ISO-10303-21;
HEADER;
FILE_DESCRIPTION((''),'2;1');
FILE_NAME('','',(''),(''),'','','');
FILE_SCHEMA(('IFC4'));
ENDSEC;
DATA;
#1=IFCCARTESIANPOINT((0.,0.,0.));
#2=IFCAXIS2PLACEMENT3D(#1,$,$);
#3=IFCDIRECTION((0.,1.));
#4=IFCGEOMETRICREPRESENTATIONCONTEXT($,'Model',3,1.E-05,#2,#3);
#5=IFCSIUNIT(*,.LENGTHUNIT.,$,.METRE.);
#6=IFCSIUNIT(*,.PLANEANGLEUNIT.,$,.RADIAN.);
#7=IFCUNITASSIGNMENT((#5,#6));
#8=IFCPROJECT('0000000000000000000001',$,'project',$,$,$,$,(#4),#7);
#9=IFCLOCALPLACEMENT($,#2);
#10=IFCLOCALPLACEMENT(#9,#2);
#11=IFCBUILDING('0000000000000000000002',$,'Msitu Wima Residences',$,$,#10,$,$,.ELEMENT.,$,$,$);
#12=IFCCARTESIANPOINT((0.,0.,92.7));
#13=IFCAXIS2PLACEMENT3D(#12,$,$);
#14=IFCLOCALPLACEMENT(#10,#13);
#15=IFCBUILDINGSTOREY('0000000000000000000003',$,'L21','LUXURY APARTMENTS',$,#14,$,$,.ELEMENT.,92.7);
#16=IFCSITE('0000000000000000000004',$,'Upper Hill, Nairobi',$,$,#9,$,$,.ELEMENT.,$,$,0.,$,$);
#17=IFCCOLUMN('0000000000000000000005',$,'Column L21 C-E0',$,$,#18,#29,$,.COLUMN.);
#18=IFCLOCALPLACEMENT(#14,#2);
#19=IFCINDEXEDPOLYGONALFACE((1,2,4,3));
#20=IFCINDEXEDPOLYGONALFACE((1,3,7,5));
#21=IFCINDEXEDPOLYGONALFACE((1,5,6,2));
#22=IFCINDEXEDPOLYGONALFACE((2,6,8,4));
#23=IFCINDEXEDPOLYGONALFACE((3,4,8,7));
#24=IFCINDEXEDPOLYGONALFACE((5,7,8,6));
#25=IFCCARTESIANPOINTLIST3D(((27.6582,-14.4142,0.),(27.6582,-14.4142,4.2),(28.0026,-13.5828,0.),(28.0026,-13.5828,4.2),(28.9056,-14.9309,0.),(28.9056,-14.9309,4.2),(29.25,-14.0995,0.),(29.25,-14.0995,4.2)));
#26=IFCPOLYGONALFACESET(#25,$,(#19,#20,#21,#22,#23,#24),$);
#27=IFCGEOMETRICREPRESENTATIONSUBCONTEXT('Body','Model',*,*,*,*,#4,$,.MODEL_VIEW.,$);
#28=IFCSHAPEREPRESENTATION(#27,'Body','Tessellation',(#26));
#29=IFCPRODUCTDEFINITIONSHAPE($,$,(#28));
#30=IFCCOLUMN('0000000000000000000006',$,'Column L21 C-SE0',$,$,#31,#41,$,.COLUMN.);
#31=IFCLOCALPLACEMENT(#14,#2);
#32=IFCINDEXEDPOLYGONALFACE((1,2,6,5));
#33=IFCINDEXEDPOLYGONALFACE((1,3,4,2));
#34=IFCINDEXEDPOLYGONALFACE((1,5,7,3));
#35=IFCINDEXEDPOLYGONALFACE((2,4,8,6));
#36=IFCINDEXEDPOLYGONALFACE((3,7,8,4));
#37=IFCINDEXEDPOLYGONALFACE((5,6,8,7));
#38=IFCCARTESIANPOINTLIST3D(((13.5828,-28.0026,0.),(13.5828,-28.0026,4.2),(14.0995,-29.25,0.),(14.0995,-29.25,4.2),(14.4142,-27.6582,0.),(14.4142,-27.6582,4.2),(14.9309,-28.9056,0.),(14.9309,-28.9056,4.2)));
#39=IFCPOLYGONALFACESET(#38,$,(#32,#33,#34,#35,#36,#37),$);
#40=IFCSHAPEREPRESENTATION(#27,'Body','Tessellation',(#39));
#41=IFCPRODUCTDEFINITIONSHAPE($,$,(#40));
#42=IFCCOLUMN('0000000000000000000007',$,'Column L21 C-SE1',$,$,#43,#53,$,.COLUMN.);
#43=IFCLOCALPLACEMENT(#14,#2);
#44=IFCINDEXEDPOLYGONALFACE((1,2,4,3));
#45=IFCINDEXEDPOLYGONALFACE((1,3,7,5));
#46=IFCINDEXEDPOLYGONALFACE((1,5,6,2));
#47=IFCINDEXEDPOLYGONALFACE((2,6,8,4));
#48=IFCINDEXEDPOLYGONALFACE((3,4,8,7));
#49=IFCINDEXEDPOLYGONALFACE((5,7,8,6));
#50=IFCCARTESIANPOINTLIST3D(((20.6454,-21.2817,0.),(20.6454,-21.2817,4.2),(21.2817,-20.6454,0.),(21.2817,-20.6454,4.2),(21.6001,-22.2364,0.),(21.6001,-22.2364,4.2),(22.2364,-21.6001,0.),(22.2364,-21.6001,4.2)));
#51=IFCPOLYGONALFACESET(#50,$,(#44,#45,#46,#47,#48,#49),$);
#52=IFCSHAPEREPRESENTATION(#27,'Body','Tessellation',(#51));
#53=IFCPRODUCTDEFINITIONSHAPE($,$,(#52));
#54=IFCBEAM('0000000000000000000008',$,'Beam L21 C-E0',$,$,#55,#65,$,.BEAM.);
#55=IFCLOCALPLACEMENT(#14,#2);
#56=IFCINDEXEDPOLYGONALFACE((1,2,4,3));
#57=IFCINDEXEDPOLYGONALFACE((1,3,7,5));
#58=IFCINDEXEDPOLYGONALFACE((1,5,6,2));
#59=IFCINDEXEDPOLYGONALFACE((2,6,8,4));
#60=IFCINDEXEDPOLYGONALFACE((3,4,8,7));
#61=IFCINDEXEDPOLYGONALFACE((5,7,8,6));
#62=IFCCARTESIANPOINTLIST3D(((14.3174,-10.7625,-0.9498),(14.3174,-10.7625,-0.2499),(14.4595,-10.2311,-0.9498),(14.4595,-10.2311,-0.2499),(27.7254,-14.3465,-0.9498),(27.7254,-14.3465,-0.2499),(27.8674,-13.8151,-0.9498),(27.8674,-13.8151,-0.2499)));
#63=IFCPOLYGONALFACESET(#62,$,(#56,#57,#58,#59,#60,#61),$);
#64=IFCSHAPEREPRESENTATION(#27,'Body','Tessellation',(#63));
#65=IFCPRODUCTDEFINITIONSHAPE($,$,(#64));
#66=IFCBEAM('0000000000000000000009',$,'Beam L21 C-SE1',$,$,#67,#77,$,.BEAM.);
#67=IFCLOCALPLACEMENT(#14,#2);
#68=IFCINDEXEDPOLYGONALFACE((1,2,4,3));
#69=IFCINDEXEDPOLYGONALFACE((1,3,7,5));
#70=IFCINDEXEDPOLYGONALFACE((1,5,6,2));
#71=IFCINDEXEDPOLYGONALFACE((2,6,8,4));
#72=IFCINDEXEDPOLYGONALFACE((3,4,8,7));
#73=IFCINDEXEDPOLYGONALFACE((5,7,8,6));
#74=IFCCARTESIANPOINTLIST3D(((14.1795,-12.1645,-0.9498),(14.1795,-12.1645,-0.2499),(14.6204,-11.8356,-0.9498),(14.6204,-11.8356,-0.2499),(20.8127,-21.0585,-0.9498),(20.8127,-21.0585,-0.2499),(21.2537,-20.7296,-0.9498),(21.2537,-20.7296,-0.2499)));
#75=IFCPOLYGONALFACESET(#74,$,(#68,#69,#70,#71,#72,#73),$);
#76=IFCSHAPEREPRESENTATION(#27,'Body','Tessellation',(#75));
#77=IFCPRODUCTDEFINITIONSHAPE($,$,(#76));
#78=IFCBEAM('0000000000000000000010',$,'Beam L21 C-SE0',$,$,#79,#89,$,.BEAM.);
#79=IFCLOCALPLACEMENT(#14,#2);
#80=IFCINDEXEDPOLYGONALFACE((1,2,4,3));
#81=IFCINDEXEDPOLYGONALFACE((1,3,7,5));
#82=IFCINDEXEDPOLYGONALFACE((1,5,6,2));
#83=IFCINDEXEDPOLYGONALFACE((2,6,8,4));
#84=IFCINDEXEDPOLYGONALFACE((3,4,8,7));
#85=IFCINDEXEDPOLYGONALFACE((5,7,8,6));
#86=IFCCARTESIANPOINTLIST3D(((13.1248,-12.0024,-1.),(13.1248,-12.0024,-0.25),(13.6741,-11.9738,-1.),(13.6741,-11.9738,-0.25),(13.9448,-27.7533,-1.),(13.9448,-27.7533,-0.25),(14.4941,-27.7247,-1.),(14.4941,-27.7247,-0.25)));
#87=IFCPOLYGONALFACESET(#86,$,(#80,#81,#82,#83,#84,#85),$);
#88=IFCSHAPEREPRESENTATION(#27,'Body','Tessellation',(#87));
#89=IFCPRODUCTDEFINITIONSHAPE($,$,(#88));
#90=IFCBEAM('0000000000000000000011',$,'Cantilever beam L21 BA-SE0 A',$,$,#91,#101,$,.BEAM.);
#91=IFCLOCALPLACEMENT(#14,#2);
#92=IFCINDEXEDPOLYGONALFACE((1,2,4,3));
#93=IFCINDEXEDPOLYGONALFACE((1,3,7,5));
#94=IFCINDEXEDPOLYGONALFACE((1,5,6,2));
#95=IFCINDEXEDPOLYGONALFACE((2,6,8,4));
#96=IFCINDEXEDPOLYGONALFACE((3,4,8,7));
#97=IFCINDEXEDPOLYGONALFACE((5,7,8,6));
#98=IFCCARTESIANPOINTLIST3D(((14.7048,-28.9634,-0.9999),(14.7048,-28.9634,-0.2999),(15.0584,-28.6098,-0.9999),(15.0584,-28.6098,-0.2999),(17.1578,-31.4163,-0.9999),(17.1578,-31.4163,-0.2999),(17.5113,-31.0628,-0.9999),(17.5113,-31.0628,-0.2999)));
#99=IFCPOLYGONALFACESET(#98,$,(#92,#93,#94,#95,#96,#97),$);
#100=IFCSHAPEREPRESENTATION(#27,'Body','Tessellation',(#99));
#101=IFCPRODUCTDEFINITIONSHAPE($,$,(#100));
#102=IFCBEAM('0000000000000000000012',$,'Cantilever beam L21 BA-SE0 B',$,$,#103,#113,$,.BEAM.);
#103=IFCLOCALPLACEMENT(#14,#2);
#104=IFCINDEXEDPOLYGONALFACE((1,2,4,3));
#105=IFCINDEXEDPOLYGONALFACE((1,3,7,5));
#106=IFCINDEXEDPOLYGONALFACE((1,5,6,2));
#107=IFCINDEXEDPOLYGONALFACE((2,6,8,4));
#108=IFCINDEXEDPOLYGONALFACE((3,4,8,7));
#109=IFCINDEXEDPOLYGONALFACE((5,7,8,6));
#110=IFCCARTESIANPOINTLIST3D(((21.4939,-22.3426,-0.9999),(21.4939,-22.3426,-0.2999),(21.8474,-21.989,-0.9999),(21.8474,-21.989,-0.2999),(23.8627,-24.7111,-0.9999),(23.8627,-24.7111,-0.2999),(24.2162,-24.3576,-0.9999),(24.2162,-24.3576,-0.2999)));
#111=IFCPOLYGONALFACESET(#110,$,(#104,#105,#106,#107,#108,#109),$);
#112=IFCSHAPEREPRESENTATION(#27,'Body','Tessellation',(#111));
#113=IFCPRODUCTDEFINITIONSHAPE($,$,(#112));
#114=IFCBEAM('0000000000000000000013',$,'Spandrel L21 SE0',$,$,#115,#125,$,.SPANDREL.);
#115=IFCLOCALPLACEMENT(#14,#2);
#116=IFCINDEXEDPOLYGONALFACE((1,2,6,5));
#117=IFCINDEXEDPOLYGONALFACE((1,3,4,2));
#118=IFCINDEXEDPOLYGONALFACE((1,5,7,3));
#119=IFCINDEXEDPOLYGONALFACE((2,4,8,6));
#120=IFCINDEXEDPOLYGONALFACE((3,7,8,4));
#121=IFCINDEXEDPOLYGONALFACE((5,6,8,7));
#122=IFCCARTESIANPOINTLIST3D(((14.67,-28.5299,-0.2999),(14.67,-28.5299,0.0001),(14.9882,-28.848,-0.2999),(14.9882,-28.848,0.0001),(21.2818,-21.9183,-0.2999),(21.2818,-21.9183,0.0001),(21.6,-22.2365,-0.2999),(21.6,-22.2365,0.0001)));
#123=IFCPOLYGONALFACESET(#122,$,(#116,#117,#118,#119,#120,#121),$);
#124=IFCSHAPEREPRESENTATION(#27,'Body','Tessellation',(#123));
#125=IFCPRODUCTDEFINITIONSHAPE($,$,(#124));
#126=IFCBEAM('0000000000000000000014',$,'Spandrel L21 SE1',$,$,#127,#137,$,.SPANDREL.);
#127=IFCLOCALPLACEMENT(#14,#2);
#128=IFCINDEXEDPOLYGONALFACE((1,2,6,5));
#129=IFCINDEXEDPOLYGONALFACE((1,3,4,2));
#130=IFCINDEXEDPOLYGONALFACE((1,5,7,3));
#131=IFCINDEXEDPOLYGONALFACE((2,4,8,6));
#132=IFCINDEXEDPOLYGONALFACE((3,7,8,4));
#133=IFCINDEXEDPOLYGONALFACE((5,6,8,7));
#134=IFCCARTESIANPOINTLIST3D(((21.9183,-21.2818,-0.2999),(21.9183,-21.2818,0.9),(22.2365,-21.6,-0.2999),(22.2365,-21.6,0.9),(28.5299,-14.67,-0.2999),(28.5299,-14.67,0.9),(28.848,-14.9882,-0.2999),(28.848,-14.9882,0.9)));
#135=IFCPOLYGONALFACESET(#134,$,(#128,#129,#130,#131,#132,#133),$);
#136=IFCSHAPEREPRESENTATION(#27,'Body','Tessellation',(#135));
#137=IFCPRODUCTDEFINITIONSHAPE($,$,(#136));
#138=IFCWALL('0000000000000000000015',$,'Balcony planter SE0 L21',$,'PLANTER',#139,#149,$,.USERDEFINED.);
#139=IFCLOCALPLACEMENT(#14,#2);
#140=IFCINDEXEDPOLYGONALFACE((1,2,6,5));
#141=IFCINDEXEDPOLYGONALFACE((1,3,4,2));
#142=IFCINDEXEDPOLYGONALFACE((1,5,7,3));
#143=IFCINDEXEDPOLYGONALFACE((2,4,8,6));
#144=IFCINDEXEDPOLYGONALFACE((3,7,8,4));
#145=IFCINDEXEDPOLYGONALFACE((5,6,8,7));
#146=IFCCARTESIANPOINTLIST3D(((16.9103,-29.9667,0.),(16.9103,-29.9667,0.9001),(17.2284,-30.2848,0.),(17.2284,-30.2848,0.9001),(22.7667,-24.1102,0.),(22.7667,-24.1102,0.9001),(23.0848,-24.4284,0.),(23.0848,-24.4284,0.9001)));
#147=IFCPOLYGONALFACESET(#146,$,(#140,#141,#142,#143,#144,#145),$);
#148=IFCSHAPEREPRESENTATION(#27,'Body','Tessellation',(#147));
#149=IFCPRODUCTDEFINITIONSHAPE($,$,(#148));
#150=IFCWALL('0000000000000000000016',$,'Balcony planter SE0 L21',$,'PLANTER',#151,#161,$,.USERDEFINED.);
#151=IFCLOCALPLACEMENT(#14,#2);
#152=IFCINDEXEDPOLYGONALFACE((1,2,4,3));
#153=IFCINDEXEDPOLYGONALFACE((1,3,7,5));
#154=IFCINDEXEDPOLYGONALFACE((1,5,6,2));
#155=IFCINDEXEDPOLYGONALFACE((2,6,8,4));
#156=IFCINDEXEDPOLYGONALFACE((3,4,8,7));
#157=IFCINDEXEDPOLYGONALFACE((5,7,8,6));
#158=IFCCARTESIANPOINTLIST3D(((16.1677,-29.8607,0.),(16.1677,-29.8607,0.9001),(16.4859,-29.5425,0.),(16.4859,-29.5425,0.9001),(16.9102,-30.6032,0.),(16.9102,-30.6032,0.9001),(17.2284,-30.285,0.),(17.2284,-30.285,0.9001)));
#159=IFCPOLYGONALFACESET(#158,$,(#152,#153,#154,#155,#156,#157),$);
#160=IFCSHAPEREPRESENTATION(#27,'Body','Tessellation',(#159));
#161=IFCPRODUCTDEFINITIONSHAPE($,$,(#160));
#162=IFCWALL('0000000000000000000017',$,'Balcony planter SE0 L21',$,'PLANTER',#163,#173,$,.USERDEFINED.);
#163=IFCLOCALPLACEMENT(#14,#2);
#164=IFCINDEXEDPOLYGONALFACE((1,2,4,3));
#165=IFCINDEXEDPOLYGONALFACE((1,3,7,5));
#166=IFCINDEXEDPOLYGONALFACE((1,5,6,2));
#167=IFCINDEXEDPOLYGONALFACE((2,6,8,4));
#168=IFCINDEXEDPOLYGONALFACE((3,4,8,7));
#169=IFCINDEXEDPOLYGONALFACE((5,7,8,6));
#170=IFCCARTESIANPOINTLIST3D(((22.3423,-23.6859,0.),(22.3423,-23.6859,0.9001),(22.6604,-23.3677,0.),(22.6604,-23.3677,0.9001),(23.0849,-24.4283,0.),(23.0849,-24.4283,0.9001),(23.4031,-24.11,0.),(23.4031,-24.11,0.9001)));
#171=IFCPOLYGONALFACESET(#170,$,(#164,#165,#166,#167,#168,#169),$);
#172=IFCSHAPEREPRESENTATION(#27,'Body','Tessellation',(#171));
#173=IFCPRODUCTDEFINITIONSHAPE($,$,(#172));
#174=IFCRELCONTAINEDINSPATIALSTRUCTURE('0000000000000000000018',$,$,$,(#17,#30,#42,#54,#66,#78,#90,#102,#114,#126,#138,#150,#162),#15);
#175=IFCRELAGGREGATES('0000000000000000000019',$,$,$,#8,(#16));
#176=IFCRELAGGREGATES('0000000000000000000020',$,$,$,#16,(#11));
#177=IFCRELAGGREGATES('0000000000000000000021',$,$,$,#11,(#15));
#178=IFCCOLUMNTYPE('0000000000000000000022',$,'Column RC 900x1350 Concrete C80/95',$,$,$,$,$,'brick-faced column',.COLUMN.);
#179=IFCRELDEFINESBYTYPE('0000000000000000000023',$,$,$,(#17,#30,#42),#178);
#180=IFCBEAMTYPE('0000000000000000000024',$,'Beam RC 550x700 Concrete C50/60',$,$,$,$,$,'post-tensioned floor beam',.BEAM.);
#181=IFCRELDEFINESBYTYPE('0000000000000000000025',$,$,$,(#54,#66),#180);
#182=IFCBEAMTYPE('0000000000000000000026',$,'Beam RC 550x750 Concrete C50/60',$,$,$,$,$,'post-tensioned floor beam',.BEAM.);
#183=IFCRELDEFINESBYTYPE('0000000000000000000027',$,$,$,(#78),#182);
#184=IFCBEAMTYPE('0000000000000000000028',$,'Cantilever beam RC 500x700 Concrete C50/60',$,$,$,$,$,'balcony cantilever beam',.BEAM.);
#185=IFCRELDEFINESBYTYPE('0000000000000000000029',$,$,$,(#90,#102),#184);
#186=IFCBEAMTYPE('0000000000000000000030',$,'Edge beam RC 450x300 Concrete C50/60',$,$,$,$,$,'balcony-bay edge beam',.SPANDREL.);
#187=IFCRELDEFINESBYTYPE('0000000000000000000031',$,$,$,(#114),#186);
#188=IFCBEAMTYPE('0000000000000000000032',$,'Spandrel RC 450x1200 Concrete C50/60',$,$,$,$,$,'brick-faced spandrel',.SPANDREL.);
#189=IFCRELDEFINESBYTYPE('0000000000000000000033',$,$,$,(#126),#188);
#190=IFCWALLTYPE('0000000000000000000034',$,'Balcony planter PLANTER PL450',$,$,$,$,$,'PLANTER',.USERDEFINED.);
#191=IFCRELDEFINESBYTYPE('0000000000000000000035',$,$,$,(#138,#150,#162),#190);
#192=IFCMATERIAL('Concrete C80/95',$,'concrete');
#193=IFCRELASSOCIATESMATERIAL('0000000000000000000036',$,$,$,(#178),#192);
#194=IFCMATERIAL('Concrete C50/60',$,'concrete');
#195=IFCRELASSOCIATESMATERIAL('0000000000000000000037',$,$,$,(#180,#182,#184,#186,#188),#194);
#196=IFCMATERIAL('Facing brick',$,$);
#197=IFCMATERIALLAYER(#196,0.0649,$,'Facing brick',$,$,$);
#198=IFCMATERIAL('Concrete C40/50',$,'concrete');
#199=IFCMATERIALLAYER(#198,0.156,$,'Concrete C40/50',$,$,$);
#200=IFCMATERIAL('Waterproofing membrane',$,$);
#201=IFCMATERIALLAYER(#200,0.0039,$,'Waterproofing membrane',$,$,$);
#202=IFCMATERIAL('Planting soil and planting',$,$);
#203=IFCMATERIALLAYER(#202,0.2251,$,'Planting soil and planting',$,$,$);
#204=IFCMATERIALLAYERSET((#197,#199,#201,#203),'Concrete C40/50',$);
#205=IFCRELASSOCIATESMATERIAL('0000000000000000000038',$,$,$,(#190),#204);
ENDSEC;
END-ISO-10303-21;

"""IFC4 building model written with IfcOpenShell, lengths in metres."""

from ifc_helpers import new_model, si_unit, direction, frame, frame_2d, origin, origin_2d, place, context, subcontext, project, spatial, rectangle, extrude, material, layer, layer_set, material_profile, profile_set, type_object, element, save


model = new_model("IFC4")

# Units and contexts
model_context = context("Model", 3, precision=1e-05, world=origin(), true_north=direction((0.0, 1.0)))
body_context = subcontext(model_context, "Body", "Model", "MODEL_VIEW")
ifc_project = project(units=[si_unit("LENGTHUNIT", "METRE"), si_unit("PLANEANGLEUNIT", "RADIAN")], contexts=[model_context])

# Site, building, storey
site_placement = place(None, origin())
site = spatial("IfcSite", under=ifc_project, at=site_placement, Name="Upper Hill, Nairobi", CompositionType="ELEMENT", RefElevation=0.0)
building_placement = place(site_placement, origin())
building = spatial("IfcBuilding", under=site, at=building_placement, Name="Msitu Wima Residences", CompositionType="ELEMENT")
storey_placement = place(building_placement, frame((0.0, 0.0, 92.7)))
storey = spatial("IfcBuildingStorey", under=building, at=storey_placement, Name="L21", Description="LUXURY APARTMENTS", CompositionType="ELEMENT", Elevation=92.7)

# Columns
ifc_material_1 = material(Name="Concrete C80/95", Category="concrete")
ifc_material_profile_1 = material_profile(ifc_material_1, rectangle(XDim=0.8999, YDim=1.3501, at=origin_2d()), Name="RC 900x1350")
ifc_profile_set_1 = profile_set([ifc_material_profile_1], Name="Concrete C80/95")
column_type = type_object("IfcColumnType", Name="Column RC 900x1350 Concrete C80/95", ElementType="brick-faced column", PredefinedType="COLUMN", material=ifc_profile_set_1)
for number, where, z_axis, x_axis, name in (
    (1, (28.4541, -14.2568, 0.0), (0.0, 0.0, 1.0), (0.382683, 0.92388, 0.0), "Column L21 C-E0"),
    (2, (14.2568, -28.4541, 0.0), (0.0, 0.0, 1.0), (0.92388, 0.382683, 0.0), "Column L21 C-SE0"),
    (3, (21.4409, -21.4409, 0.0), (0.0, 0.0, 1.0), (0.707107, 0.707107, 0.0), "Column L21 C-SE1"),
):
    element("IfcColumn", number, at=place(storey_placement, frame(where, z_axis=z_axis, x_axis=x_axis)), inside=storey, type_object=column_type, Name=name, PredefinedType="COLUMN", context=body_context, shape_type="SweptSolid", body=[
        extrude(rectangle(XDim=0.8999, YDim=1.3501, at=origin_2d()), origin(), (0.0, 0.0, 1.0), 4.2),
    ])

# Beams
ifc_material_2 = material(Name="Concrete C50/60", Category="concrete")
ifc_material_profile_2 = material_profile(ifc_material_2, rectangle(XDim=0.55, YDim=0.7, at=origin_2d()), Name="RC 550x700")
ifc_profile_set_2 = profile_set([ifc_material_profile_2], Name="Concrete C50/60")
beam_type_1 = type_object("IfcBeamType", Name="Beam RC 550x700 Concrete C50/60", ElementType="post-tensioned floor beam", PredefinedType="BEAM", material=ifc_profile_set_2)
beam_1_placement = place(storey_placement, frame((27.7964, -14.0808, -0.5999), z_axis=(-0.966082, 0.258236, 0.0), x_axis=(-0.258236, -0.966082, 0.0)))
element("IfcBeam", 4, at=beam_1_placement, inside=storey, type_object=beam_type_1, Name="Beam L21 C-E0", PredefinedType="BEAM", context=body_context, shape_type="SweptSolid", body=[
    extrude(rectangle(XDim=0.55, YDim=0.7, at=origin_2d()), origin(), (0.0, 0.0, 1.0), 13.8787),
])
beam_2_placement = place(storey_placement, frame((21.0332, -20.894, -0.5999), z_axis=(-0.59785, 0.801608, 0.0), x_axis=(-0.801608, -0.59785, 0.0)))
element("IfcBeam", 5, at=beam_2_placement, inside=storey, type_object=beam_type_1, Name="Beam L21 C-SE1", PredefinedType="BEAM", context=body_context, shape_type="SweptSolid", body=[
    extrude(rectangle(XDim=0.55, YDim=0.7, at=origin_2d()), origin(), (0.0, 0.0, 1.0), 11.0952),
])
ifc_material_profile_3 = material_profile(ifc_material_2, rectangle(XDim=0.55, YDim=0.75, at=origin_2d()), Name="RC 550x750")
ifc_profile_set_3 = profile_set([ifc_material_profile_3], Name="Concrete C50/60")
beam_type_2 = type_object("IfcBeamType", Name="Beam RC 550x750 Concrete C50/60", ElementType="post-tensioned floor beam", PredefinedType="BEAM", material=ifc_profile_set_3)
beam_3_placement = place(storey_placement, frame((14.2195, -27.739, -0.625), z_axis=(-0.051994, 0.998647, 0.0), x_axis=(-0.998647, -0.051994, 0.0)))
element("IfcBeam", 6, at=beam_3_placement, inside=storey, type_object=beam_type_2, Name="Beam L21 C-SE0", PredefinedType="BEAM", context=body_context, shape_type="SweptSolid", body=[
    extrude(rectangle(XDim=0.55, YDim=0.75, at=origin_2d()), origin(), (0.0, 0.0, 1.0), 15.7722),
])
ifc_material_profile_4 = material_profile(ifc_material_2, rectangle(XDim=0.5, YDim=0.7, at=origin_2d()), Name="RC 500x700")
ifc_profile_set_4 = profile_set([ifc_material_profile_4], Name="Concrete C50/60")
beam_type_3 = type_object("IfcBeamType", Name="Cantilever beam RC 500x700 Concrete C50/60", ElementType="balcony cantilever beam", PredefinedType="BEAM", material=ifc_profile_set_4)
beam_4_placement = place(storey_placement, frame((14.8816, -28.7866, -0.6499), z_axis=(0.707107, -0.707107, 0.0), x_axis=(0.707107, 0.707107, 0.0)))
element("IfcBeam", 7, at=beam_4_placement, inside=storey, type_object=beam_type_3, Name="Cantilever beam L21 BA-SE0 A", PredefinedType="BEAM", context=body_context, shape_type="SweptSolid", body=[
    extrude(rectangle(XDim=0.5, YDim=0.7, at=origin_2d()), origin(), (0.0, 0.0, 1.0), 3.469),
])
beam_5_placement = place(storey_placement, frame((21.6707, -22.1658, -0.6499), z_axis=(0.707143, -0.70707, 0.0), x_axis=(0.70707, 0.707143, 0.0)))
element("IfcBeam", 8, at=beam_5_placement, inside=storey, type_object=beam_type_3, Name="Cantilever beam L21 BA-SE0 B", PredefinedType="BEAM", context=body_context, shape_type="SweptSolid", body=[
    extrude(rectangle(XDim=0.5, YDim=0.7, at=origin_2d()), origin(), (0.0, 0.0, 1.0), 3.3499),
])
ifc_material_profile_5 = material_profile(ifc_material_2, rectangle(XDim=0.45, YDim=0.3, at=origin_2d()), Name="RC 450x300")
ifc_profile_set_5 = profile_set([ifc_material_profile_5], Name="Concrete C50/60")
beam_type_4 = type_object("IfcBeamType", Name="Edge beam RC 450x300 Concrete C50/60", ElementType="balcony-bay edge beam", PredefinedType="SPANDREL", material=ifc_profile_set_5)
beam_6_placement = place(storey_placement, frame((14.8291, -28.689, -0.1499), z_axis=(0.70712, 0.707094, 0.0), x_axis=(-0.707094, 0.70712, 0.0)))
element("IfcBeam", 9, at=beam_6_placement, inside=storey, type_object=beam_type_4, Name="Spandrel L21 SE0", PredefinedType="SPANDREL", context=body_context, shape_type="SweptSolid", body=[
    extrude(rectangle(XDim=0.45, YDim=0.3, at=origin_2d()), origin(), (0.0, 0.0, 1.0), 9.3503),
])
ifc_material_profile_6 = material_profile(ifc_material_2, rectangle(XDim=0.45, YDim=1.2, at=origin_2d()), Name="RC 450x1200")
ifc_profile_set_6 = profile_set([ifc_material_profile_6], Name="Concrete C50/60")
beam_type_5 = type_object("IfcBeamType", Name="Spandrel RC 450x1200 Concrete C50/60", ElementType="brick-faced spandrel", PredefinedType="SPANDREL", material=ifc_profile_set_6)
beam_7_placement = place(storey_placement, frame((22.0774, -21.4409, 0.3), z_axis=(0.707094, 0.70712, 0.0), x_axis=(-0.70712, 0.707094, 0.0)))
element("IfcBeam", 10, at=beam_7_placement, inside=storey, type_object=beam_type_5, Name="Spandrel L21 SE1", PredefinedType="SPANDREL", context=body_context, shape_type="SweptSolid", body=[
    extrude(rectangle(XDim=0.45, YDim=1.2, at=origin_2d()), origin(), (0.0, 0.0, 1.0), 9.3503),
])

# Walls
ifc_material_3 = material(Name="Facing brick")
ifc_layer_1 = layer(ifc_material_3, 0.0649, Name="Facing brick")
ifc_material_4 = material(Name="Concrete C40/50", Category="concrete")
ifc_layer_2 = layer(ifc_material_4, 0.156, Name="Concrete C40/50")
ifc_material_5 = material(Name="Waterproofing membrane")
ifc_layer_3 = layer(ifc_material_5, 0.0039, Name="Waterproofing membrane")
ifc_material_6 = material(Name="Planting soil and planting")
ifc_layer_4 = layer(ifc_material_6, 0.2251, Name="Planting soil and planting")
ifc_layer_set_1 = layer_set([ifc_layer_1, ifc_layer_2, ifc_layer_3, ifc_layer_4], Name="Concrete C40/50")
wall_type_1 = type_object("IfcWallType", Name="Balcony planter PLANTER PL450", ElementType="PLANTER", PredefinedType="USERDEFINED", material=ifc_layer_set_1)
wall_1_placement = place(storey_placement, frame((17.0693, -30.1257, 0.0), z_axis=(0.0, 0.0, 1.0), x_axis=(0.707107, 0.707107, 0.0)))
element("IfcWall", 11, at=wall_1_placement, inside=storey, type_object=wall_type_1, Name="Balcony planter SE0 L21", ObjectType="PLANTER", PredefinedType="USERDEFINED", context=body_context, shape_type="SweptSolid", body=[
    extrude(rectangle(XDim=8.2822, YDim=0.45, at=frame_2d((4.1411, 0.0))), origin(), (0.0, 0.0, 1.0), 0.9001),
])
for number, where, z_axis, x_axis, name in (
    (12, (16.3269, -29.7017, 0.0), (0.0, 0.0, 1.0), (0.707107, -0.707107, 0.0), "Balcony planter SE0 L21"),
    (13, (22.5015, -23.5269, 0.0), (0.0, 0.0, 1.0), (0.707223, -0.706991, 0.0), "Balcony planter SE0 L21"),
):
    element("IfcWall", number, at=place(storey_placement, frame(where, z_axis=z_axis, x_axis=x_axis)), inside=storey, type_object=wall_type_1, Name=name, ObjectType="PLANTER", PredefinedType="USERDEFINED", context=body_context, shape_type="SweptSolid", body=[
        extrude(rectangle(XDim=1.05, YDim=0.45, at=frame_2d((0.5249, 0.0))), origin(), (0.0, 0.0, 1.0), 0.9001),
    ])

save(model, "model.ifc")
